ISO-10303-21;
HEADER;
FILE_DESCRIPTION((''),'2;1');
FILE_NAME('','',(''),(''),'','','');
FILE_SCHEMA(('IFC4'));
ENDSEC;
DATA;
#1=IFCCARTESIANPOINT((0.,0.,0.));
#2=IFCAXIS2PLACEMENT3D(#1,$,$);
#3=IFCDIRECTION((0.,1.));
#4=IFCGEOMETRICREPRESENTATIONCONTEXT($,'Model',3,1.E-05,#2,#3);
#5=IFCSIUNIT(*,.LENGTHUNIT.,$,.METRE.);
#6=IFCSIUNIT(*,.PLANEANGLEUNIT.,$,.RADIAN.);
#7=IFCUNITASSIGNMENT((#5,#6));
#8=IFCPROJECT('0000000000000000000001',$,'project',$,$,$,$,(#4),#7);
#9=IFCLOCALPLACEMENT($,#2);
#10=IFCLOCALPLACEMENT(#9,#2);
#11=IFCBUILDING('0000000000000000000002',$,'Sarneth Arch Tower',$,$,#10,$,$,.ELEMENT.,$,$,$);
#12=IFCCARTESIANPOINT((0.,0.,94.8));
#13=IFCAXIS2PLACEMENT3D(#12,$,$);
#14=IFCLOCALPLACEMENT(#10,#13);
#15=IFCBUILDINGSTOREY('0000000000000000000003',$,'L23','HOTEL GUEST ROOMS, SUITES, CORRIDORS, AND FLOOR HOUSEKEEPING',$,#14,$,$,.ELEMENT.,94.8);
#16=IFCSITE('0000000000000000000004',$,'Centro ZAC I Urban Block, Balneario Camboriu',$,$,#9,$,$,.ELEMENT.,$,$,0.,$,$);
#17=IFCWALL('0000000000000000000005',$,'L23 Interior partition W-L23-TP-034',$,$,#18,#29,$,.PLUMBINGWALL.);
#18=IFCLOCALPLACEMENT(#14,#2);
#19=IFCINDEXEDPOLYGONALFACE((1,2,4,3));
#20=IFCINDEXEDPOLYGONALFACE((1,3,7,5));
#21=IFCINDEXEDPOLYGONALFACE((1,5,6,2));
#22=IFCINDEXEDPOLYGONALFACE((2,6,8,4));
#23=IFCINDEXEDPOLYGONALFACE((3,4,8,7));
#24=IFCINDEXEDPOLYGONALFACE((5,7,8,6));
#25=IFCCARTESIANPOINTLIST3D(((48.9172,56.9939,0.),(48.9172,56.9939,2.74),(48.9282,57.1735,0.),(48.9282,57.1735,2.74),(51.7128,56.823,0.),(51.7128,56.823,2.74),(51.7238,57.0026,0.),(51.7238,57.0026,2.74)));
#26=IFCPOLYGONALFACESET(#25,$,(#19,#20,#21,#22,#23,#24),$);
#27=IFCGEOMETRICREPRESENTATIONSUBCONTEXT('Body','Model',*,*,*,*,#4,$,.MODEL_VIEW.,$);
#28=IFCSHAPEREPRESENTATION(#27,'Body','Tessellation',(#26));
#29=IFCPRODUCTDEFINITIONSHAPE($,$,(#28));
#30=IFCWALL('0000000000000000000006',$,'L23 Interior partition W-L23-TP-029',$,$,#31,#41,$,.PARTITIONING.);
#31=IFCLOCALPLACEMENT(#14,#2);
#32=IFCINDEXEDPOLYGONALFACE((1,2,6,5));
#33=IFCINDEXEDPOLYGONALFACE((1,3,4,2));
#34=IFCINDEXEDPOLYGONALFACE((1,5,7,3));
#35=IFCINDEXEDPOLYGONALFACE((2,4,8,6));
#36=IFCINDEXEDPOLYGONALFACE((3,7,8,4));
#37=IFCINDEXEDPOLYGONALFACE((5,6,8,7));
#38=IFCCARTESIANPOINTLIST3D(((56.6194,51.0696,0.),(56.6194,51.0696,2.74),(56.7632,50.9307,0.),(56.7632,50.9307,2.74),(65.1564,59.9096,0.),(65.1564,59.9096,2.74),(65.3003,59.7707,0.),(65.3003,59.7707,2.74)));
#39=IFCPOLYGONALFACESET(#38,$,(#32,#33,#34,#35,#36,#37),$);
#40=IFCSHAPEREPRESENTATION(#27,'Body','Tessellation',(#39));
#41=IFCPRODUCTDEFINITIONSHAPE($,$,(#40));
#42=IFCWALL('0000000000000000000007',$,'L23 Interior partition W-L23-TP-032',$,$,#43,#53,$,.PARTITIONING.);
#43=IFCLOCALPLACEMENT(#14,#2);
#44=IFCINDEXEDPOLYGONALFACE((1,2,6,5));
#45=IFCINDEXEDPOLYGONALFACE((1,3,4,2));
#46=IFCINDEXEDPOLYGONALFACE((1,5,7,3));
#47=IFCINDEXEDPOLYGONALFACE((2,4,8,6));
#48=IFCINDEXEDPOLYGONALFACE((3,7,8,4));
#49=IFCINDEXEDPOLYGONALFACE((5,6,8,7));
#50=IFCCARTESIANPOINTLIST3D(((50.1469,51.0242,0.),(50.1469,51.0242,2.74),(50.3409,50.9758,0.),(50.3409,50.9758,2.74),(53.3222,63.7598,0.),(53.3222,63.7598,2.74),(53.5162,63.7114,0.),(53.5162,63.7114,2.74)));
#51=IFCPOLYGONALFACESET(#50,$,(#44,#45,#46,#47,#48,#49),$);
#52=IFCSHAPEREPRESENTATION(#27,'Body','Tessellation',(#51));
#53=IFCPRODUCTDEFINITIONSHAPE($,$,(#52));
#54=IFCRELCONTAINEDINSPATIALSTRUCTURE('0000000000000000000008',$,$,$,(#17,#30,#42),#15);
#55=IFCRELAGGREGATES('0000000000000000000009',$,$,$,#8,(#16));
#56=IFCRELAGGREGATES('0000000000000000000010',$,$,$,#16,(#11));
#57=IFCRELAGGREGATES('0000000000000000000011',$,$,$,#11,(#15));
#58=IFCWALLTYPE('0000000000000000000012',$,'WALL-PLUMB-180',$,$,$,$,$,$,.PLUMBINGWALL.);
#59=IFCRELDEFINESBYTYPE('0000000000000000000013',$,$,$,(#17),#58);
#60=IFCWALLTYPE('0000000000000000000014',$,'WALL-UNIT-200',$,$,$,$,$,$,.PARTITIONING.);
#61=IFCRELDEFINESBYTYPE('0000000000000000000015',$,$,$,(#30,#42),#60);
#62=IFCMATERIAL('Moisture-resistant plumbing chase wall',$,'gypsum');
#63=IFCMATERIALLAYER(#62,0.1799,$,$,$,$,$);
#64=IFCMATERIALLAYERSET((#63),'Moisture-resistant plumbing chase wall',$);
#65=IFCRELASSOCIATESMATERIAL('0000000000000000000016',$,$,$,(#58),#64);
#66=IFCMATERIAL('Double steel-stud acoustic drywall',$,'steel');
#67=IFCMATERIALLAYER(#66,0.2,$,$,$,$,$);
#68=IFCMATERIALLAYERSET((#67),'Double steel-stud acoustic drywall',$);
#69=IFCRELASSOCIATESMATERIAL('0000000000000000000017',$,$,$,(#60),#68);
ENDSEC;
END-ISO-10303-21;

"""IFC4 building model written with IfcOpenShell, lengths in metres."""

from ifc_helpers import new_model, si_unit, direction, frame, frame_2d, origin, place, context, subcontext, project, spatial, rectangle, extrude, material, layer, layer_set, type_object, element, save


model = new_model("IFC4")

# Units and contexts
model_context = context("Model", 3, precision=1e-05, world=origin(), true_north=direction((0.0, 1.0)))
body_context = subcontext(model_context, "Body", "Model", "MODEL_VIEW")
ifc_project = project(units=[si_unit("LENGTHUNIT", "METRE"), si_unit("PLANEANGLEUNIT", "RADIAN")], contexts=[model_context])

# Site, building, storey
site_placement = place(None, origin())
site = spatial("IfcSite", under=ifc_project, at=site_placement, Name="Centro ZAC I Urban Block, Balneario Camboriu", CompositionType="ELEMENT", RefElevation=0.0)
building_placement = place(site_placement, origin())
building = spatial("IfcBuilding", under=site, at=building_placement, Name="Sarneth Arch Tower", CompositionType="ELEMENT")
storey_placement = place(building_placement, frame((0.0, 0.0, 94.8)))
storey = spatial("IfcBuildingStorey", under=building, at=storey_placement, Name="L23", Description="HOTEL GUEST ROOMS, SUITES, CORRIDORS, AND FLOOR HOUSEKEEPING", CompositionType="ELEMENT", Elevation=94.8)

# Shared definitions
ifc_material_1 = material(Name="Moisture-resistant plumbing chase wall", Category="gypsum")
ifc_layer_1 = layer(ifc_material_1, 0.1799)
ifc_layer_set_1 = layer_set([ifc_layer_1], Name="Moisture-resistant plumbing chase wall")
wall_type_1 = type_object("IfcWallType", Name="WALL-PLUMB-180", PredefinedType="PLUMBINGWALL", material=ifc_layer_set_1)

# Walls
wall_1_placement = place(storey_placement, frame((51.7183, 56.9128, 0.0), z_axis=(0.0, 0.0, 1.0), x_axis=(-0.998137, 0.061016, 0.0)))
element("IfcWall", 1, at=wall_1_placement, inside=storey, type_object=wall_type_1, Name="L23 Interior partition W-L23-TP-034", PredefinedType="PLUMBINGWALL", context=body_context, shape_type="SweptSolid", body=[
    extrude(rectangle(XDim=2.8008, YDim=0.1799, at=frame_2d((1.4004, 0.0))), origin(), (0.0, 0.0, 1.0), 2.74),
])
ifc_material_2 = material(Name="Double steel-stud acoustic drywall", Category="steel")
ifc_layer_2 = layer(ifc_material_2, 0.2)
ifc_layer_set_2 = layer_set([ifc_layer_2], Name="Double steel-stud acoustic drywall")
wall_type_2 = type_object("IfcWallType", Name="WALL-UNIT-200", PredefinedType="PARTITIONING", material=ifc_layer_set_2)
wall_2_placement = place(storey_placement, frame((65.2283, 59.8401, 0.0), z_axis=(0.0, 0.0, 1.0), x_axis=(-0.694673, -0.719326, 0.0)))
element("IfcWall", 2, at=wall_2_placement, inside=storey, type_object=wall_type_2, Name="L23 Interior partition W-L23-TP-029", PredefinedType="PARTITIONING", context=body_context, shape_type="SweptSolid", body=[
    extrude(rectangle(XDim=12.2893, YDim=0.2, at=frame_2d((6.1445, 0.0))), origin(), (0.0, 0.0, 1.0), 2.74),
])
wall_3_placement = place(storey_placement, frame((50.2439, 51.0, 0.0), z_axis=(0.0, 0.0, 1.0), x_axis=(0.241918, 0.970297, 0.0)))
element("IfcWall", 3, at=wall_3_placement, inside=storey, type_object=wall_type_2, Name="L23 Interior partition W-L23-TP-032", PredefinedType="PARTITIONING", context=body_context, shape_type="SweptSolid", body=[
    extrude(rectangle(XDim=13.1255, YDim=0.2, at=frame_2d((6.5627, 0.0))), origin(), (0.0, 0.0, 1.0), 2.74),
])

save(model, "model.ifc")
